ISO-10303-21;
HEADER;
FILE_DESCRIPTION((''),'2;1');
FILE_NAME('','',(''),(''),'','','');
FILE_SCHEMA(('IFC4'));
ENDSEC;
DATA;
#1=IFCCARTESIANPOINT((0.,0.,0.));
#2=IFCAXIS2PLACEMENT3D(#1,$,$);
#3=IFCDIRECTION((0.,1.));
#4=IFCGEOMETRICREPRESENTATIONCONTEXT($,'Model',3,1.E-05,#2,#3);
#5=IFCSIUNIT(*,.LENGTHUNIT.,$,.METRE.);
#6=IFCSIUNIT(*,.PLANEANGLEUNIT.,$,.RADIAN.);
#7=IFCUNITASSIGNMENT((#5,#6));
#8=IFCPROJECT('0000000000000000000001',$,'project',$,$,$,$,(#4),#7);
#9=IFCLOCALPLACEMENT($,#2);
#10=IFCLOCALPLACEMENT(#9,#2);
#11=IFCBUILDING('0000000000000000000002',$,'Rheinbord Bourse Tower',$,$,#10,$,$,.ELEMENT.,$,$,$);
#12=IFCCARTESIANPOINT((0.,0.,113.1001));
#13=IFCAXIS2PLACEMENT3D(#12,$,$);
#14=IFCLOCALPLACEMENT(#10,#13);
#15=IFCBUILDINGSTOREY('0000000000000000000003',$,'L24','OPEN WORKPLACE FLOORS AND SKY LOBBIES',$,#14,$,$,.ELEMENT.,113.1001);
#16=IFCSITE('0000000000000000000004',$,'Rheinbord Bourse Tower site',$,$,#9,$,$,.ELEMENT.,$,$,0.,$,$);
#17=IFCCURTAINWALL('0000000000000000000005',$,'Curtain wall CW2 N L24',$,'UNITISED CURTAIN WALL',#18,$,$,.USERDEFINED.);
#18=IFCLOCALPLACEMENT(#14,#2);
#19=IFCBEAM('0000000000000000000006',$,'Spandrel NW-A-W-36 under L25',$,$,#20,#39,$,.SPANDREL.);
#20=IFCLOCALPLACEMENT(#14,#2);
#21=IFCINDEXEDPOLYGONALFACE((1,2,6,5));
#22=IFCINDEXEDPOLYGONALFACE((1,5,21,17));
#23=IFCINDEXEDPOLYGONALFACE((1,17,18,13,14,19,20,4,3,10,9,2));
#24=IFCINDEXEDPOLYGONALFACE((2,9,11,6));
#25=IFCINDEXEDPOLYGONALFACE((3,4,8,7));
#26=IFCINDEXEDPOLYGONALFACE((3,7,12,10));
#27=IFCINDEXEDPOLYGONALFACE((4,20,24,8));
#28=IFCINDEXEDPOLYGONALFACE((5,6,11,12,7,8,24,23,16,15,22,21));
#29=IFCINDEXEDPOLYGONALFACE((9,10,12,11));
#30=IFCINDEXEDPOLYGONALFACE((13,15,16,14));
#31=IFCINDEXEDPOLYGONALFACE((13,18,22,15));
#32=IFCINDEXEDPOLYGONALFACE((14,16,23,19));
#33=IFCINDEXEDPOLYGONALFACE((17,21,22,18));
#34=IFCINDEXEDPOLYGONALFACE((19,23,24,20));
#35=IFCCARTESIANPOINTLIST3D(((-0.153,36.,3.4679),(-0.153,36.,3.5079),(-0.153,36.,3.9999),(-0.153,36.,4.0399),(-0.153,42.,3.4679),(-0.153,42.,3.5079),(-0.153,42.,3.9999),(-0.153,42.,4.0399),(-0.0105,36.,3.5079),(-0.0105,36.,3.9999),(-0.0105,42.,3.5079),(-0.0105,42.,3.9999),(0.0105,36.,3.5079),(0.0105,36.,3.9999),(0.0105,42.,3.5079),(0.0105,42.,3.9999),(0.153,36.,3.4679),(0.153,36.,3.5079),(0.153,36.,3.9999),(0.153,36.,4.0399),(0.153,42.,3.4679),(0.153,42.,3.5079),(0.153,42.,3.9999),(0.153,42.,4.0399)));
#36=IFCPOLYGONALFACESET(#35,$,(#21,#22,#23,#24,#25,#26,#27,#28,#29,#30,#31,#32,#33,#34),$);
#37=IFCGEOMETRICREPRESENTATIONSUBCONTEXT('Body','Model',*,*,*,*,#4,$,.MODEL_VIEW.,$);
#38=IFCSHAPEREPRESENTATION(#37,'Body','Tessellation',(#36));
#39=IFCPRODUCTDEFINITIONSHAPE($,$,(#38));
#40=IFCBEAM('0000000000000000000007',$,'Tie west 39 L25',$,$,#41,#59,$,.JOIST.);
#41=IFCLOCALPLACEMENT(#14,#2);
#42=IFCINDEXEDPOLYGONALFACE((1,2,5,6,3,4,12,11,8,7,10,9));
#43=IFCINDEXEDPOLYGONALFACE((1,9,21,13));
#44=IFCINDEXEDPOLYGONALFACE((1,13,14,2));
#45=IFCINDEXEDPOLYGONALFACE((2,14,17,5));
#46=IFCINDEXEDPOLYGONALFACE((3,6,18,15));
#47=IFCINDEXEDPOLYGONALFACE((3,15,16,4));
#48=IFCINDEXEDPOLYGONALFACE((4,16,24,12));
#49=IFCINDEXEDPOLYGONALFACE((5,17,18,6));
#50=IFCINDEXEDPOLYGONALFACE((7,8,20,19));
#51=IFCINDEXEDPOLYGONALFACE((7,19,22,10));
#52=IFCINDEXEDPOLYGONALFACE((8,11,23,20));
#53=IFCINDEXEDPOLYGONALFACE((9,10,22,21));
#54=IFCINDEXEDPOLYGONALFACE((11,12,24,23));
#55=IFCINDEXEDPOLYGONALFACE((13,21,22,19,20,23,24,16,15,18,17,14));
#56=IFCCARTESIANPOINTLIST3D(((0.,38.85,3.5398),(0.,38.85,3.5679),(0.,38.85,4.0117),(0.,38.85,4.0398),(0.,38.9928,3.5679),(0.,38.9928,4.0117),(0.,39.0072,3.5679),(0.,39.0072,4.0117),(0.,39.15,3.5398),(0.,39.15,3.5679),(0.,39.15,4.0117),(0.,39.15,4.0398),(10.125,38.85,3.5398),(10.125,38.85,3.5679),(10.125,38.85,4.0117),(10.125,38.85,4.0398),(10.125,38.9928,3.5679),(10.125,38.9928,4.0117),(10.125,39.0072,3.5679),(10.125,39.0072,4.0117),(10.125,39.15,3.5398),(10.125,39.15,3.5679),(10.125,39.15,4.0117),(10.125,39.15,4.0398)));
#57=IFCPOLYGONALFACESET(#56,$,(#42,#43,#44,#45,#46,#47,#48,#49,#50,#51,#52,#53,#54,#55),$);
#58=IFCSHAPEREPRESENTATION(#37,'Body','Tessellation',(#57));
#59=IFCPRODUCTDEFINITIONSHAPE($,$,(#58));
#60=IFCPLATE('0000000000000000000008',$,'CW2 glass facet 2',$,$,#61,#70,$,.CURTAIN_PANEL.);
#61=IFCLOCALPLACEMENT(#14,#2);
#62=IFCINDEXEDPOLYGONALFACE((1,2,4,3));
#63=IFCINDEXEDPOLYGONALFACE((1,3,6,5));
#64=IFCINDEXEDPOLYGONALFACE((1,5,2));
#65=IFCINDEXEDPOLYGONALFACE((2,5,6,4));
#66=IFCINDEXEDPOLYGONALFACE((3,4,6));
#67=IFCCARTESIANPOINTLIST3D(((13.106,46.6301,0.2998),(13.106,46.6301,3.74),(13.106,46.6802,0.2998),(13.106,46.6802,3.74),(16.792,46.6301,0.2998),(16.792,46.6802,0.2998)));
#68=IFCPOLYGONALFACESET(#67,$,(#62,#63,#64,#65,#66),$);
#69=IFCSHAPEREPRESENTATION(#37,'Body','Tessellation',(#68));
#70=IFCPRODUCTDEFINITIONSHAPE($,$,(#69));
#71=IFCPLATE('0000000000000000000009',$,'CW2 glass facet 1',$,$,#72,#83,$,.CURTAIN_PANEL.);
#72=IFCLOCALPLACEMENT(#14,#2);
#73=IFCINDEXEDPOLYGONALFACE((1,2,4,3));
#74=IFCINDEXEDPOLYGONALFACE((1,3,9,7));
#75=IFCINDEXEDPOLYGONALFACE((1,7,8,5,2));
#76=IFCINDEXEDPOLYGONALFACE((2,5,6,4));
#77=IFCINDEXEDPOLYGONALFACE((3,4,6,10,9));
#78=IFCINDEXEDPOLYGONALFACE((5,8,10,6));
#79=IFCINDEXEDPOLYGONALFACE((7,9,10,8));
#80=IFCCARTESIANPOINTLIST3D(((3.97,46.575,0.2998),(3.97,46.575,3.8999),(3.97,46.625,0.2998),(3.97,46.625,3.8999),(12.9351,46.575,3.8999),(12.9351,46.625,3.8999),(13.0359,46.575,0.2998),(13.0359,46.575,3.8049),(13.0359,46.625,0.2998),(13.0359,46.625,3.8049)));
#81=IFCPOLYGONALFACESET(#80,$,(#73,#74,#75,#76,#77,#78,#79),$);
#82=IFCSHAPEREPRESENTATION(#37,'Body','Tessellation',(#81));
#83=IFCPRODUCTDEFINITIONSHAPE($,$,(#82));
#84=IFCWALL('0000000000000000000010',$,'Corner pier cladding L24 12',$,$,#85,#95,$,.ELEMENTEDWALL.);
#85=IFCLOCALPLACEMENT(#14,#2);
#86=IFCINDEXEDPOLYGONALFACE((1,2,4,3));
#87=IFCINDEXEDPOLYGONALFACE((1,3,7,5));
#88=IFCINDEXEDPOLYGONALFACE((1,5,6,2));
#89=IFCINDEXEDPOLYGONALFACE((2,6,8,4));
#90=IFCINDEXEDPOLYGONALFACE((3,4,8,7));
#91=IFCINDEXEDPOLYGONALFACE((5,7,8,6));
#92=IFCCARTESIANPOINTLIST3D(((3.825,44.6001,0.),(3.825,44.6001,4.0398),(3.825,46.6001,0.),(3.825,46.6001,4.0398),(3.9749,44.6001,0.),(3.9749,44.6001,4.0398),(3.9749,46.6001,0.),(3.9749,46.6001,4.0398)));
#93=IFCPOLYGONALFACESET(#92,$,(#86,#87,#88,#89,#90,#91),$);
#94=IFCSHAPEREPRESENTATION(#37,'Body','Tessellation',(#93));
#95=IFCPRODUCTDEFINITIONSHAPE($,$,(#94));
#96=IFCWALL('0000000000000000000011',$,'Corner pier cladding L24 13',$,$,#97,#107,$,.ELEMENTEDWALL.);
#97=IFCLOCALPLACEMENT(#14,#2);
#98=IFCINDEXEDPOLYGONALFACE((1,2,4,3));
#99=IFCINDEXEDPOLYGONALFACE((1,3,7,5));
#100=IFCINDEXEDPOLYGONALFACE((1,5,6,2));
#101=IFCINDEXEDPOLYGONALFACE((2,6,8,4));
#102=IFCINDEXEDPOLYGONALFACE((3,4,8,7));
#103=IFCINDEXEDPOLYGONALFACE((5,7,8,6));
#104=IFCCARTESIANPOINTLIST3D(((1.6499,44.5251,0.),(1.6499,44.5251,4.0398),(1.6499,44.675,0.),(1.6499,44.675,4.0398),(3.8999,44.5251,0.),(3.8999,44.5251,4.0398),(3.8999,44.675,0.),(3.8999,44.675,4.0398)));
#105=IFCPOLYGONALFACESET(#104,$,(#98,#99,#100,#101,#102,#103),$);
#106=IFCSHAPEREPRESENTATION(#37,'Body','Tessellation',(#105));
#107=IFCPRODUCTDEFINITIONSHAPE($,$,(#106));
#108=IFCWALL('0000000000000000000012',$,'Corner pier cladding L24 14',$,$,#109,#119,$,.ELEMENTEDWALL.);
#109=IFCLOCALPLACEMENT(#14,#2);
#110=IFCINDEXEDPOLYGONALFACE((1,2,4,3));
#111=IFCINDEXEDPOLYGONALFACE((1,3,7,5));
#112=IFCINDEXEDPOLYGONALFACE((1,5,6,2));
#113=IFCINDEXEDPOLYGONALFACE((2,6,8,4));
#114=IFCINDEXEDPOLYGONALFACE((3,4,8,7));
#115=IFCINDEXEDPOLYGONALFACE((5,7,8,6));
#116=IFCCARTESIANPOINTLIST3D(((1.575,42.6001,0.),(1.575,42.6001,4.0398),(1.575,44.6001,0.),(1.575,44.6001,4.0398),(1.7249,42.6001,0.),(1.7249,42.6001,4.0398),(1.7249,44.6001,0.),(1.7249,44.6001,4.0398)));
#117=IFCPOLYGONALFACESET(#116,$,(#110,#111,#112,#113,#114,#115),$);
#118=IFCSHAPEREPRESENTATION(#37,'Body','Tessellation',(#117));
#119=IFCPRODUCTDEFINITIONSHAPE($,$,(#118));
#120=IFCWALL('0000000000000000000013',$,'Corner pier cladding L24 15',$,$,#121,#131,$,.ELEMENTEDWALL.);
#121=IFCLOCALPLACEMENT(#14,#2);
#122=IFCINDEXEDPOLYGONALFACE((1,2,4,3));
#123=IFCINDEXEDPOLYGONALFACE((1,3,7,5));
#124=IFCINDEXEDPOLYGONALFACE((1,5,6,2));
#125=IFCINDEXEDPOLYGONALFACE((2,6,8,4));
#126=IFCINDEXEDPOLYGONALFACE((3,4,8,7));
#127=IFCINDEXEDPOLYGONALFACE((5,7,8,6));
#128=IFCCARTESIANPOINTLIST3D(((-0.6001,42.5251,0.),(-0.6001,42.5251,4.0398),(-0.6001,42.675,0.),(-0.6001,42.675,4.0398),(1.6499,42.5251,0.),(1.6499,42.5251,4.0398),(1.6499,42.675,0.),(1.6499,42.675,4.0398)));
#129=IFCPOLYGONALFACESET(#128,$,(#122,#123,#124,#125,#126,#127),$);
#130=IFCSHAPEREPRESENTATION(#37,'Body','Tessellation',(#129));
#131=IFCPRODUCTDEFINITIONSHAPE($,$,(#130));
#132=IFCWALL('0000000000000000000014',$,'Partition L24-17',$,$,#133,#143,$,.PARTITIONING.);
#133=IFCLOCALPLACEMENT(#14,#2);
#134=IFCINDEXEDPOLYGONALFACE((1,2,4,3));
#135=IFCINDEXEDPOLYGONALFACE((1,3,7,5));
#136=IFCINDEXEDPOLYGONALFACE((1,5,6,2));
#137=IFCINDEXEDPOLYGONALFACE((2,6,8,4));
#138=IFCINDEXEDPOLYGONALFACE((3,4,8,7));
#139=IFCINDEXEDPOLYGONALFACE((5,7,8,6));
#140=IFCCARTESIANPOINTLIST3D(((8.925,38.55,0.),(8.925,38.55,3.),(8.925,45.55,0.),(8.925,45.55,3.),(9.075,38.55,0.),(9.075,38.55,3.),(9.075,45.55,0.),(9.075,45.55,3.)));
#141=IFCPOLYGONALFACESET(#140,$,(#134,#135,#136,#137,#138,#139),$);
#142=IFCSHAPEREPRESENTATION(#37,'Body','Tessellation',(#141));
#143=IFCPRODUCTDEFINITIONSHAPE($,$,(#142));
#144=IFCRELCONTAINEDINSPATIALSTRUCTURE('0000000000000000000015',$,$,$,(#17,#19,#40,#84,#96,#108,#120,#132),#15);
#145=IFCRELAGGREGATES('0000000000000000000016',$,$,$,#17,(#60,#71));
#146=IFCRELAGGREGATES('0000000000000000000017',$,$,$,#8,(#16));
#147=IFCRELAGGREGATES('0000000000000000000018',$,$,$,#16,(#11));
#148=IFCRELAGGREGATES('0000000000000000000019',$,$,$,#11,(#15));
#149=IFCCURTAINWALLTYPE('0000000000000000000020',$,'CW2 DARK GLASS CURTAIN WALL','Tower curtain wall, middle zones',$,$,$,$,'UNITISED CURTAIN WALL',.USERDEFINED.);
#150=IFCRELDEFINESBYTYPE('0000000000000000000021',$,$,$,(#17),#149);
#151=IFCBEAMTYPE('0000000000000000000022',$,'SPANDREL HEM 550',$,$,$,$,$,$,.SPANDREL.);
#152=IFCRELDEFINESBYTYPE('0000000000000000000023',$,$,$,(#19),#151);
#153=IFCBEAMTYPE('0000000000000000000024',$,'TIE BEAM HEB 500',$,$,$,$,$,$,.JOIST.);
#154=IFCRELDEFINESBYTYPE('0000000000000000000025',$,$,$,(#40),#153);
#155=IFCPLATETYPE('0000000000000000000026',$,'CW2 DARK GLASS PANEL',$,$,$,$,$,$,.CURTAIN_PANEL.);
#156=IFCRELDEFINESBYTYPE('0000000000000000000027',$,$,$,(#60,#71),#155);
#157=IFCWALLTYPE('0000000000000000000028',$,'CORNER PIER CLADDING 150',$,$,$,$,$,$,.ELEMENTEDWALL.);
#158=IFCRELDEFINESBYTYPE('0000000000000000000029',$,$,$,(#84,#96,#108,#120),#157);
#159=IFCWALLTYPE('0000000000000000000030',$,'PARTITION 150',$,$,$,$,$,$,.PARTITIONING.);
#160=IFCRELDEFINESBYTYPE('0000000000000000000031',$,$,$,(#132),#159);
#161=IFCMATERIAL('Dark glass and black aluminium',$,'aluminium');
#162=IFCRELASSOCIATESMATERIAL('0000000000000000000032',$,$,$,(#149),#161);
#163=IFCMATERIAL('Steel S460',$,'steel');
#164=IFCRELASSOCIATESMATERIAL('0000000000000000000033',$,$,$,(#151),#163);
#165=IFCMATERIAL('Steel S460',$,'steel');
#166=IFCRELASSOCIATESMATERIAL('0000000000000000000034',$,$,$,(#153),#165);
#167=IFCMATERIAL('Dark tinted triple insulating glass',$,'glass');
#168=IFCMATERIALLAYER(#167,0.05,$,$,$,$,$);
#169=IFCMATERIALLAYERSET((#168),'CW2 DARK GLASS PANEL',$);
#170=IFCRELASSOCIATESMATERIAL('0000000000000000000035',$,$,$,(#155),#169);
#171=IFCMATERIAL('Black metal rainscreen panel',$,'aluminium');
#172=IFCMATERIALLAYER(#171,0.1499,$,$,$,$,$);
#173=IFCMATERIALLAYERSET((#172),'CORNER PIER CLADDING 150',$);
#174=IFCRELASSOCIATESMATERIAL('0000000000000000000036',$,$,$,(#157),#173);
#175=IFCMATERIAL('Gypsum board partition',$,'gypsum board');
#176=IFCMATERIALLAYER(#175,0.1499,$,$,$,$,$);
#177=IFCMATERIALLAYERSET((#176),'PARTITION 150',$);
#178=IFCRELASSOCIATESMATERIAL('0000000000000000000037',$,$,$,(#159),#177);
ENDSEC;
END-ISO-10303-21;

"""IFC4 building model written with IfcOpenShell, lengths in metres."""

from ifc_helpers import new_model, si_unit, direction, frame, frame_2d, origin, origin_2d, place, context, subcontext, project, spatial, polyline, rectangle, i_section, outline, extrude, material, layer, layer_set, material_profile, profile_set, type_object, element, aggregate, save


model = new_model("IFC4")

# Units and contexts
model_context = context("Model", 3, precision=1e-05, world=origin(), true_north=direction((0.0, 1.0)))
body_context = subcontext(model_context, "Body", "Model", "MODEL_VIEW")
ifc_project = project(units=[si_unit("LENGTHUNIT", "METRE"), si_unit("PLANEANGLEUNIT", "RADIAN")], contexts=[model_context])

# Site, building, storey
site_placement = place(None, origin())
site = spatial("IfcSite", under=ifc_project, at=site_placement, Name="Rheinbord Bourse Tower site", CompositionType="ELEMENT", RefElevation=0.0)
building_placement = place(site_placement, origin())
building = spatial("IfcBuilding", under=site, at=building_placement, Name="Rheinbord Bourse Tower", CompositionType="ELEMENT")
storey_placement = place(building_placement, frame((0.0, 0.0, 113.1001)))
storey = spatial("IfcBuildingStorey", under=building, at=storey_placement, Name="L24", Description="OPEN WORKPLACE FLOORS AND SKY LOBBIES", CompositionType="ELEMENT", Elevation=113.1001)

# Curtain wall
ifc_material_1 = material(Name="Dark glass and black aluminium", Category="aluminium")
curtain_wall_type = type_object("IfcCurtainWallType", Name="CW2 DARK GLASS CURTAIN WALL", Description="Tower curtain wall, middle zones", ElementType="UNITISED CURTAIN WALL", PredefinedType="USERDEFINED", material=ifc_material_1)
curtain_wall_1_placement = place(storey_placement, origin())
curtain_wall_1 = element("IfcCurtainWall", 1, at=curtain_wall_1_placement, inside=storey, type_object=curtain_wall_type, Name="Curtain wall CW2 N L24", ObjectType="UNITISED CURTAIN WALL", PredefinedType="USERDEFINED")

# Beams
ifc_material_2 = material(Name="Steel S460", Category="steel")
ifc_material_profile_1 = material_profile(ifc_material_2, i_section(OverallWidth=0.3059, OverallDepth=0.572, WebThickness=0.021, FlangeThickness=0.04, at=origin_2d()), Name="HEM 550")
ifc_profile_set_1 = profile_set([ifc_material_profile_1], Name="Steel S460")
beam_type_1 = type_object("IfcBeamType", Name="SPANDREL HEM 550", PredefinedType="SPANDREL", material=ifc_profile_set_1)
beam_1_placement = place(storey_placement, frame((0.0, 42.0, 3.7539), z_axis=(0.0, -1.0, 0.0), x_axis=(1.0, 0.0, 0.0)))
element("IfcBeam", 2, at=beam_1_placement, inside=storey, type_object=beam_type_1, Name="Spandrel NW-A-W-36 under L25", PredefinedType="SPANDREL", context=body_context, shape_type="SweptSolid", body=[
    extrude(i_section(OverallWidth=0.3059, OverallDepth=0.572, WebThickness=0.021, FlangeThickness=0.04, at=origin_2d()), origin(), (0.0, 0.0, 1.0), 6.0),
])
ifc_material_3 = material(Name="Steel S460", Category="steel")
ifc_material_profile_2 = material_profile(ifc_material_3, i_section(OverallWidth=0.3, OverallDepth=0.5, WebThickness=0.0144, FlangeThickness=0.0281, at=origin_2d()), Name="HEB 500")
ifc_profile_set_2 = profile_set([ifc_material_profile_2], Name="Steel S460")
beam_type_2 = type_object("IfcBeamType", Name="TIE BEAM HEB 500", PredefinedType="JOIST", material=ifc_profile_set_2)
beam_2_placement = place(storey_placement, frame((0.0, 39.0, 3.7898), z_axis=(1.0, 0.0, 0.0), x_axis=(0.0, 1.0, 0.0)))
element("IfcBeam", 3, at=beam_2_placement, inside=storey, type_object=beam_type_2, Name="Tie west 39 L25", PredefinedType="JOIST", context=body_context, shape_type="SweptSolid", body=[
    extrude(i_section(OverallWidth=0.3, OverallDepth=0.5, WebThickness=0.0144, FlangeThickness=0.0281, at=origin_2d()), origin(), (0.0, 0.0, 1.0), 10.125),
])

# Plates
ifc_material_4 = material(Name="Dark tinted triple insulating glass", Category="glass")
ifc_layer_1 = layer(ifc_material_4, 0.05)
ifc_layer_set_1 = layer_set([ifc_layer_1], Name="CW2 DARK GLASS PANEL")
plate_type = type_object("IfcPlateType", Name="CW2 DARK GLASS PANEL", PredefinedType="CURTAIN_PANEL", material=ifc_layer_set_1)
plate_1_placement = place(storey_placement, frame((13.106, 46.6802, 0.2998), z_axis=(0.0, -1.0, 0.0), x_axis=(1.0, 0.0, 0.0)))
plate_1 = element("IfcPlate", 4, at=plate_1_placement, type_object=plate_type, Name="CW2 glass facet 2", PredefinedType="CURTAIN_PANEL", context=body_context, shape_type="SweptSolid", body=[
    extrude(outline(polyline([(0.0, 0.0), (3.686, 0.0), (0.0, 3.4402), (0.0, 0.0)])), origin(), (0.0, 0.0, 1.0), 0.05),
])
plate_2_placement = place(storey_placement, frame((3.97, 46.625, 3.8999), z_axis=(0.0, -1.0, 0.0), x_axis=(0.0, 0.0, -1.0)))
plate_2 = element("IfcPlate", 5, at=plate_2_placement, type_object=plate_type, Name="CW2 glass facet 1", PredefinedType="CURTAIN_PANEL", context=body_context, shape_type="SweptSolid", body=[
    extrude(outline(polyline([(0.0, 0.0), (3.6001, 0.0), (3.6001, 9.0659), (0.095, 9.0659), (0.0, 8.9651), (0.0, 0.0)])), origin(), (0.0, 0.0, 1.0), 0.05),
])
aggregate(curtain_wall_1, [plate_1, plate_2])

# Walls
ifc_material_5 = material(Name="Black metal rainscreen panel", Category="aluminium")
ifc_layer_2 = layer(ifc_material_5, 0.1499)
ifc_layer_set_2 = layer_set([ifc_layer_2], Name="CORNER PIER CLADDING 150")
wall_type_1 = type_object("IfcWallType", Name="CORNER PIER CLADDING 150", PredefinedType="ELEMENTEDWALL", material=ifc_layer_set_2)
wall_1_placement = place(storey_placement, frame((3.8999, 46.6001, 0.0), z_axis=(0.0, 0.0, 1.0), x_axis=(0.0, -1.0, 0.0)))
element("IfcWall", 6, at=wall_1_placement, inside=storey, type_object=wall_type_1, Name="Corner pier cladding L24 12", PredefinedType="ELEMENTEDWALL", context=body_context, shape_type="SweptSolid", body=[
    extrude(rectangle(XDim=2.0, YDim=0.1499, at=frame_2d((1.0, 0.0))), origin(), (0.0, 0.0, 1.0), 4.0398),
])
wall_2_placement = place(storey_placement, frame((3.8999, 44.6001, 0.0), z_axis=(0.0, 0.0, 1.0), x_axis=(-1.0, 0.0, 0.0)))
element("IfcWall", 7, at=wall_2_placement, inside=storey, type_object=wall_type_1, Name="Corner pier cladding L24 13", PredefinedType="ELEMENTEDWALL", context=body_context, shape_type="SweptSolid", body=[
    extrude(rectangle(XDim=2.25, YDim=0.1499, at=frame_2d((1.125, 0.0))), origin(), (0.0, 0.0, 1.0), 4.0398),
])
wall_3_placement = place(storey_placement, frame((1.6499, 44.6001, 0.0), z_axis=(0.0, 0.0, 1.0), x_axis=(0.0, -1.0, 0.0)))
element("IfcWall", 8, at=wall_3_placement, inside=storey, type_object=wall_type_1, Name="Corner pier cladding L24 14", PredefinedType="ELEMENTEDWALL", context=body_context, shape_type="SweptSolid", body=[
    extrude(rectangle(XDim=2.0, YDim=0.1499, at=frame_2d((1.0, 0.0))), origin(), (0.0, 0.0, 1.0), 4.0398),
])
wall_4_placement = place(storey_placement, frame((1.6499, 42.6001, 0.0), z_axis=(0.0, 0.0, 1.0), x_axis=(-1.0, 0.0, 0.0)))
element("IfcWall", 9, at=wall_4_placement, inside=storey, type_object=wall_type_1, Name="Corner pier cladding L24 15", PredefinedType="ELEMENTEDWALL", context=body_context, shape_type="SweptSolid", body=[
    extrude(rectangle(XDim=2.25, YDim=0.1499, at=frame_2d((1.125, 0.0))), origin(), (0.0, 0.0, 1.0), 4.0398),
])
ifc_material_6 = material(Name="Gypsum board partition", Category="gypsum board")
ifc_layer_3 = layer(ifc_material_6, 0.1499)
ifc_layer_set_3 = layer_set([ifc_layer_3], Name="PARTITION 150")
wall_type_2 = type_object("IfcWallType", Name="PARTITION 150", PredefinedType="PARTITIONING", material=ifc_layer_set_3)
wall_5_placement = place(storey_placement, frame((9.0, 38.55, 0.0), z_axis=(0.0, 0.0, 1.0), x_axis=(0.0, 1.0, 0.0)))
element("IfcWall", 10, at=wall_5_placement, inside=storey, type_object=wall_type_2, Name="Partition L24-17", PredefinedType="PARTITIONING", context=body_context, shape_type="SweptSolid", body=[
    extrude(rectangle(XDim=7.0, YDim=0.1499, at=frame_2d((3.5, 0.0))), origin(), (0.0, 0.0, 1.0), 3.0),
])

save(model, "model.ifc")
